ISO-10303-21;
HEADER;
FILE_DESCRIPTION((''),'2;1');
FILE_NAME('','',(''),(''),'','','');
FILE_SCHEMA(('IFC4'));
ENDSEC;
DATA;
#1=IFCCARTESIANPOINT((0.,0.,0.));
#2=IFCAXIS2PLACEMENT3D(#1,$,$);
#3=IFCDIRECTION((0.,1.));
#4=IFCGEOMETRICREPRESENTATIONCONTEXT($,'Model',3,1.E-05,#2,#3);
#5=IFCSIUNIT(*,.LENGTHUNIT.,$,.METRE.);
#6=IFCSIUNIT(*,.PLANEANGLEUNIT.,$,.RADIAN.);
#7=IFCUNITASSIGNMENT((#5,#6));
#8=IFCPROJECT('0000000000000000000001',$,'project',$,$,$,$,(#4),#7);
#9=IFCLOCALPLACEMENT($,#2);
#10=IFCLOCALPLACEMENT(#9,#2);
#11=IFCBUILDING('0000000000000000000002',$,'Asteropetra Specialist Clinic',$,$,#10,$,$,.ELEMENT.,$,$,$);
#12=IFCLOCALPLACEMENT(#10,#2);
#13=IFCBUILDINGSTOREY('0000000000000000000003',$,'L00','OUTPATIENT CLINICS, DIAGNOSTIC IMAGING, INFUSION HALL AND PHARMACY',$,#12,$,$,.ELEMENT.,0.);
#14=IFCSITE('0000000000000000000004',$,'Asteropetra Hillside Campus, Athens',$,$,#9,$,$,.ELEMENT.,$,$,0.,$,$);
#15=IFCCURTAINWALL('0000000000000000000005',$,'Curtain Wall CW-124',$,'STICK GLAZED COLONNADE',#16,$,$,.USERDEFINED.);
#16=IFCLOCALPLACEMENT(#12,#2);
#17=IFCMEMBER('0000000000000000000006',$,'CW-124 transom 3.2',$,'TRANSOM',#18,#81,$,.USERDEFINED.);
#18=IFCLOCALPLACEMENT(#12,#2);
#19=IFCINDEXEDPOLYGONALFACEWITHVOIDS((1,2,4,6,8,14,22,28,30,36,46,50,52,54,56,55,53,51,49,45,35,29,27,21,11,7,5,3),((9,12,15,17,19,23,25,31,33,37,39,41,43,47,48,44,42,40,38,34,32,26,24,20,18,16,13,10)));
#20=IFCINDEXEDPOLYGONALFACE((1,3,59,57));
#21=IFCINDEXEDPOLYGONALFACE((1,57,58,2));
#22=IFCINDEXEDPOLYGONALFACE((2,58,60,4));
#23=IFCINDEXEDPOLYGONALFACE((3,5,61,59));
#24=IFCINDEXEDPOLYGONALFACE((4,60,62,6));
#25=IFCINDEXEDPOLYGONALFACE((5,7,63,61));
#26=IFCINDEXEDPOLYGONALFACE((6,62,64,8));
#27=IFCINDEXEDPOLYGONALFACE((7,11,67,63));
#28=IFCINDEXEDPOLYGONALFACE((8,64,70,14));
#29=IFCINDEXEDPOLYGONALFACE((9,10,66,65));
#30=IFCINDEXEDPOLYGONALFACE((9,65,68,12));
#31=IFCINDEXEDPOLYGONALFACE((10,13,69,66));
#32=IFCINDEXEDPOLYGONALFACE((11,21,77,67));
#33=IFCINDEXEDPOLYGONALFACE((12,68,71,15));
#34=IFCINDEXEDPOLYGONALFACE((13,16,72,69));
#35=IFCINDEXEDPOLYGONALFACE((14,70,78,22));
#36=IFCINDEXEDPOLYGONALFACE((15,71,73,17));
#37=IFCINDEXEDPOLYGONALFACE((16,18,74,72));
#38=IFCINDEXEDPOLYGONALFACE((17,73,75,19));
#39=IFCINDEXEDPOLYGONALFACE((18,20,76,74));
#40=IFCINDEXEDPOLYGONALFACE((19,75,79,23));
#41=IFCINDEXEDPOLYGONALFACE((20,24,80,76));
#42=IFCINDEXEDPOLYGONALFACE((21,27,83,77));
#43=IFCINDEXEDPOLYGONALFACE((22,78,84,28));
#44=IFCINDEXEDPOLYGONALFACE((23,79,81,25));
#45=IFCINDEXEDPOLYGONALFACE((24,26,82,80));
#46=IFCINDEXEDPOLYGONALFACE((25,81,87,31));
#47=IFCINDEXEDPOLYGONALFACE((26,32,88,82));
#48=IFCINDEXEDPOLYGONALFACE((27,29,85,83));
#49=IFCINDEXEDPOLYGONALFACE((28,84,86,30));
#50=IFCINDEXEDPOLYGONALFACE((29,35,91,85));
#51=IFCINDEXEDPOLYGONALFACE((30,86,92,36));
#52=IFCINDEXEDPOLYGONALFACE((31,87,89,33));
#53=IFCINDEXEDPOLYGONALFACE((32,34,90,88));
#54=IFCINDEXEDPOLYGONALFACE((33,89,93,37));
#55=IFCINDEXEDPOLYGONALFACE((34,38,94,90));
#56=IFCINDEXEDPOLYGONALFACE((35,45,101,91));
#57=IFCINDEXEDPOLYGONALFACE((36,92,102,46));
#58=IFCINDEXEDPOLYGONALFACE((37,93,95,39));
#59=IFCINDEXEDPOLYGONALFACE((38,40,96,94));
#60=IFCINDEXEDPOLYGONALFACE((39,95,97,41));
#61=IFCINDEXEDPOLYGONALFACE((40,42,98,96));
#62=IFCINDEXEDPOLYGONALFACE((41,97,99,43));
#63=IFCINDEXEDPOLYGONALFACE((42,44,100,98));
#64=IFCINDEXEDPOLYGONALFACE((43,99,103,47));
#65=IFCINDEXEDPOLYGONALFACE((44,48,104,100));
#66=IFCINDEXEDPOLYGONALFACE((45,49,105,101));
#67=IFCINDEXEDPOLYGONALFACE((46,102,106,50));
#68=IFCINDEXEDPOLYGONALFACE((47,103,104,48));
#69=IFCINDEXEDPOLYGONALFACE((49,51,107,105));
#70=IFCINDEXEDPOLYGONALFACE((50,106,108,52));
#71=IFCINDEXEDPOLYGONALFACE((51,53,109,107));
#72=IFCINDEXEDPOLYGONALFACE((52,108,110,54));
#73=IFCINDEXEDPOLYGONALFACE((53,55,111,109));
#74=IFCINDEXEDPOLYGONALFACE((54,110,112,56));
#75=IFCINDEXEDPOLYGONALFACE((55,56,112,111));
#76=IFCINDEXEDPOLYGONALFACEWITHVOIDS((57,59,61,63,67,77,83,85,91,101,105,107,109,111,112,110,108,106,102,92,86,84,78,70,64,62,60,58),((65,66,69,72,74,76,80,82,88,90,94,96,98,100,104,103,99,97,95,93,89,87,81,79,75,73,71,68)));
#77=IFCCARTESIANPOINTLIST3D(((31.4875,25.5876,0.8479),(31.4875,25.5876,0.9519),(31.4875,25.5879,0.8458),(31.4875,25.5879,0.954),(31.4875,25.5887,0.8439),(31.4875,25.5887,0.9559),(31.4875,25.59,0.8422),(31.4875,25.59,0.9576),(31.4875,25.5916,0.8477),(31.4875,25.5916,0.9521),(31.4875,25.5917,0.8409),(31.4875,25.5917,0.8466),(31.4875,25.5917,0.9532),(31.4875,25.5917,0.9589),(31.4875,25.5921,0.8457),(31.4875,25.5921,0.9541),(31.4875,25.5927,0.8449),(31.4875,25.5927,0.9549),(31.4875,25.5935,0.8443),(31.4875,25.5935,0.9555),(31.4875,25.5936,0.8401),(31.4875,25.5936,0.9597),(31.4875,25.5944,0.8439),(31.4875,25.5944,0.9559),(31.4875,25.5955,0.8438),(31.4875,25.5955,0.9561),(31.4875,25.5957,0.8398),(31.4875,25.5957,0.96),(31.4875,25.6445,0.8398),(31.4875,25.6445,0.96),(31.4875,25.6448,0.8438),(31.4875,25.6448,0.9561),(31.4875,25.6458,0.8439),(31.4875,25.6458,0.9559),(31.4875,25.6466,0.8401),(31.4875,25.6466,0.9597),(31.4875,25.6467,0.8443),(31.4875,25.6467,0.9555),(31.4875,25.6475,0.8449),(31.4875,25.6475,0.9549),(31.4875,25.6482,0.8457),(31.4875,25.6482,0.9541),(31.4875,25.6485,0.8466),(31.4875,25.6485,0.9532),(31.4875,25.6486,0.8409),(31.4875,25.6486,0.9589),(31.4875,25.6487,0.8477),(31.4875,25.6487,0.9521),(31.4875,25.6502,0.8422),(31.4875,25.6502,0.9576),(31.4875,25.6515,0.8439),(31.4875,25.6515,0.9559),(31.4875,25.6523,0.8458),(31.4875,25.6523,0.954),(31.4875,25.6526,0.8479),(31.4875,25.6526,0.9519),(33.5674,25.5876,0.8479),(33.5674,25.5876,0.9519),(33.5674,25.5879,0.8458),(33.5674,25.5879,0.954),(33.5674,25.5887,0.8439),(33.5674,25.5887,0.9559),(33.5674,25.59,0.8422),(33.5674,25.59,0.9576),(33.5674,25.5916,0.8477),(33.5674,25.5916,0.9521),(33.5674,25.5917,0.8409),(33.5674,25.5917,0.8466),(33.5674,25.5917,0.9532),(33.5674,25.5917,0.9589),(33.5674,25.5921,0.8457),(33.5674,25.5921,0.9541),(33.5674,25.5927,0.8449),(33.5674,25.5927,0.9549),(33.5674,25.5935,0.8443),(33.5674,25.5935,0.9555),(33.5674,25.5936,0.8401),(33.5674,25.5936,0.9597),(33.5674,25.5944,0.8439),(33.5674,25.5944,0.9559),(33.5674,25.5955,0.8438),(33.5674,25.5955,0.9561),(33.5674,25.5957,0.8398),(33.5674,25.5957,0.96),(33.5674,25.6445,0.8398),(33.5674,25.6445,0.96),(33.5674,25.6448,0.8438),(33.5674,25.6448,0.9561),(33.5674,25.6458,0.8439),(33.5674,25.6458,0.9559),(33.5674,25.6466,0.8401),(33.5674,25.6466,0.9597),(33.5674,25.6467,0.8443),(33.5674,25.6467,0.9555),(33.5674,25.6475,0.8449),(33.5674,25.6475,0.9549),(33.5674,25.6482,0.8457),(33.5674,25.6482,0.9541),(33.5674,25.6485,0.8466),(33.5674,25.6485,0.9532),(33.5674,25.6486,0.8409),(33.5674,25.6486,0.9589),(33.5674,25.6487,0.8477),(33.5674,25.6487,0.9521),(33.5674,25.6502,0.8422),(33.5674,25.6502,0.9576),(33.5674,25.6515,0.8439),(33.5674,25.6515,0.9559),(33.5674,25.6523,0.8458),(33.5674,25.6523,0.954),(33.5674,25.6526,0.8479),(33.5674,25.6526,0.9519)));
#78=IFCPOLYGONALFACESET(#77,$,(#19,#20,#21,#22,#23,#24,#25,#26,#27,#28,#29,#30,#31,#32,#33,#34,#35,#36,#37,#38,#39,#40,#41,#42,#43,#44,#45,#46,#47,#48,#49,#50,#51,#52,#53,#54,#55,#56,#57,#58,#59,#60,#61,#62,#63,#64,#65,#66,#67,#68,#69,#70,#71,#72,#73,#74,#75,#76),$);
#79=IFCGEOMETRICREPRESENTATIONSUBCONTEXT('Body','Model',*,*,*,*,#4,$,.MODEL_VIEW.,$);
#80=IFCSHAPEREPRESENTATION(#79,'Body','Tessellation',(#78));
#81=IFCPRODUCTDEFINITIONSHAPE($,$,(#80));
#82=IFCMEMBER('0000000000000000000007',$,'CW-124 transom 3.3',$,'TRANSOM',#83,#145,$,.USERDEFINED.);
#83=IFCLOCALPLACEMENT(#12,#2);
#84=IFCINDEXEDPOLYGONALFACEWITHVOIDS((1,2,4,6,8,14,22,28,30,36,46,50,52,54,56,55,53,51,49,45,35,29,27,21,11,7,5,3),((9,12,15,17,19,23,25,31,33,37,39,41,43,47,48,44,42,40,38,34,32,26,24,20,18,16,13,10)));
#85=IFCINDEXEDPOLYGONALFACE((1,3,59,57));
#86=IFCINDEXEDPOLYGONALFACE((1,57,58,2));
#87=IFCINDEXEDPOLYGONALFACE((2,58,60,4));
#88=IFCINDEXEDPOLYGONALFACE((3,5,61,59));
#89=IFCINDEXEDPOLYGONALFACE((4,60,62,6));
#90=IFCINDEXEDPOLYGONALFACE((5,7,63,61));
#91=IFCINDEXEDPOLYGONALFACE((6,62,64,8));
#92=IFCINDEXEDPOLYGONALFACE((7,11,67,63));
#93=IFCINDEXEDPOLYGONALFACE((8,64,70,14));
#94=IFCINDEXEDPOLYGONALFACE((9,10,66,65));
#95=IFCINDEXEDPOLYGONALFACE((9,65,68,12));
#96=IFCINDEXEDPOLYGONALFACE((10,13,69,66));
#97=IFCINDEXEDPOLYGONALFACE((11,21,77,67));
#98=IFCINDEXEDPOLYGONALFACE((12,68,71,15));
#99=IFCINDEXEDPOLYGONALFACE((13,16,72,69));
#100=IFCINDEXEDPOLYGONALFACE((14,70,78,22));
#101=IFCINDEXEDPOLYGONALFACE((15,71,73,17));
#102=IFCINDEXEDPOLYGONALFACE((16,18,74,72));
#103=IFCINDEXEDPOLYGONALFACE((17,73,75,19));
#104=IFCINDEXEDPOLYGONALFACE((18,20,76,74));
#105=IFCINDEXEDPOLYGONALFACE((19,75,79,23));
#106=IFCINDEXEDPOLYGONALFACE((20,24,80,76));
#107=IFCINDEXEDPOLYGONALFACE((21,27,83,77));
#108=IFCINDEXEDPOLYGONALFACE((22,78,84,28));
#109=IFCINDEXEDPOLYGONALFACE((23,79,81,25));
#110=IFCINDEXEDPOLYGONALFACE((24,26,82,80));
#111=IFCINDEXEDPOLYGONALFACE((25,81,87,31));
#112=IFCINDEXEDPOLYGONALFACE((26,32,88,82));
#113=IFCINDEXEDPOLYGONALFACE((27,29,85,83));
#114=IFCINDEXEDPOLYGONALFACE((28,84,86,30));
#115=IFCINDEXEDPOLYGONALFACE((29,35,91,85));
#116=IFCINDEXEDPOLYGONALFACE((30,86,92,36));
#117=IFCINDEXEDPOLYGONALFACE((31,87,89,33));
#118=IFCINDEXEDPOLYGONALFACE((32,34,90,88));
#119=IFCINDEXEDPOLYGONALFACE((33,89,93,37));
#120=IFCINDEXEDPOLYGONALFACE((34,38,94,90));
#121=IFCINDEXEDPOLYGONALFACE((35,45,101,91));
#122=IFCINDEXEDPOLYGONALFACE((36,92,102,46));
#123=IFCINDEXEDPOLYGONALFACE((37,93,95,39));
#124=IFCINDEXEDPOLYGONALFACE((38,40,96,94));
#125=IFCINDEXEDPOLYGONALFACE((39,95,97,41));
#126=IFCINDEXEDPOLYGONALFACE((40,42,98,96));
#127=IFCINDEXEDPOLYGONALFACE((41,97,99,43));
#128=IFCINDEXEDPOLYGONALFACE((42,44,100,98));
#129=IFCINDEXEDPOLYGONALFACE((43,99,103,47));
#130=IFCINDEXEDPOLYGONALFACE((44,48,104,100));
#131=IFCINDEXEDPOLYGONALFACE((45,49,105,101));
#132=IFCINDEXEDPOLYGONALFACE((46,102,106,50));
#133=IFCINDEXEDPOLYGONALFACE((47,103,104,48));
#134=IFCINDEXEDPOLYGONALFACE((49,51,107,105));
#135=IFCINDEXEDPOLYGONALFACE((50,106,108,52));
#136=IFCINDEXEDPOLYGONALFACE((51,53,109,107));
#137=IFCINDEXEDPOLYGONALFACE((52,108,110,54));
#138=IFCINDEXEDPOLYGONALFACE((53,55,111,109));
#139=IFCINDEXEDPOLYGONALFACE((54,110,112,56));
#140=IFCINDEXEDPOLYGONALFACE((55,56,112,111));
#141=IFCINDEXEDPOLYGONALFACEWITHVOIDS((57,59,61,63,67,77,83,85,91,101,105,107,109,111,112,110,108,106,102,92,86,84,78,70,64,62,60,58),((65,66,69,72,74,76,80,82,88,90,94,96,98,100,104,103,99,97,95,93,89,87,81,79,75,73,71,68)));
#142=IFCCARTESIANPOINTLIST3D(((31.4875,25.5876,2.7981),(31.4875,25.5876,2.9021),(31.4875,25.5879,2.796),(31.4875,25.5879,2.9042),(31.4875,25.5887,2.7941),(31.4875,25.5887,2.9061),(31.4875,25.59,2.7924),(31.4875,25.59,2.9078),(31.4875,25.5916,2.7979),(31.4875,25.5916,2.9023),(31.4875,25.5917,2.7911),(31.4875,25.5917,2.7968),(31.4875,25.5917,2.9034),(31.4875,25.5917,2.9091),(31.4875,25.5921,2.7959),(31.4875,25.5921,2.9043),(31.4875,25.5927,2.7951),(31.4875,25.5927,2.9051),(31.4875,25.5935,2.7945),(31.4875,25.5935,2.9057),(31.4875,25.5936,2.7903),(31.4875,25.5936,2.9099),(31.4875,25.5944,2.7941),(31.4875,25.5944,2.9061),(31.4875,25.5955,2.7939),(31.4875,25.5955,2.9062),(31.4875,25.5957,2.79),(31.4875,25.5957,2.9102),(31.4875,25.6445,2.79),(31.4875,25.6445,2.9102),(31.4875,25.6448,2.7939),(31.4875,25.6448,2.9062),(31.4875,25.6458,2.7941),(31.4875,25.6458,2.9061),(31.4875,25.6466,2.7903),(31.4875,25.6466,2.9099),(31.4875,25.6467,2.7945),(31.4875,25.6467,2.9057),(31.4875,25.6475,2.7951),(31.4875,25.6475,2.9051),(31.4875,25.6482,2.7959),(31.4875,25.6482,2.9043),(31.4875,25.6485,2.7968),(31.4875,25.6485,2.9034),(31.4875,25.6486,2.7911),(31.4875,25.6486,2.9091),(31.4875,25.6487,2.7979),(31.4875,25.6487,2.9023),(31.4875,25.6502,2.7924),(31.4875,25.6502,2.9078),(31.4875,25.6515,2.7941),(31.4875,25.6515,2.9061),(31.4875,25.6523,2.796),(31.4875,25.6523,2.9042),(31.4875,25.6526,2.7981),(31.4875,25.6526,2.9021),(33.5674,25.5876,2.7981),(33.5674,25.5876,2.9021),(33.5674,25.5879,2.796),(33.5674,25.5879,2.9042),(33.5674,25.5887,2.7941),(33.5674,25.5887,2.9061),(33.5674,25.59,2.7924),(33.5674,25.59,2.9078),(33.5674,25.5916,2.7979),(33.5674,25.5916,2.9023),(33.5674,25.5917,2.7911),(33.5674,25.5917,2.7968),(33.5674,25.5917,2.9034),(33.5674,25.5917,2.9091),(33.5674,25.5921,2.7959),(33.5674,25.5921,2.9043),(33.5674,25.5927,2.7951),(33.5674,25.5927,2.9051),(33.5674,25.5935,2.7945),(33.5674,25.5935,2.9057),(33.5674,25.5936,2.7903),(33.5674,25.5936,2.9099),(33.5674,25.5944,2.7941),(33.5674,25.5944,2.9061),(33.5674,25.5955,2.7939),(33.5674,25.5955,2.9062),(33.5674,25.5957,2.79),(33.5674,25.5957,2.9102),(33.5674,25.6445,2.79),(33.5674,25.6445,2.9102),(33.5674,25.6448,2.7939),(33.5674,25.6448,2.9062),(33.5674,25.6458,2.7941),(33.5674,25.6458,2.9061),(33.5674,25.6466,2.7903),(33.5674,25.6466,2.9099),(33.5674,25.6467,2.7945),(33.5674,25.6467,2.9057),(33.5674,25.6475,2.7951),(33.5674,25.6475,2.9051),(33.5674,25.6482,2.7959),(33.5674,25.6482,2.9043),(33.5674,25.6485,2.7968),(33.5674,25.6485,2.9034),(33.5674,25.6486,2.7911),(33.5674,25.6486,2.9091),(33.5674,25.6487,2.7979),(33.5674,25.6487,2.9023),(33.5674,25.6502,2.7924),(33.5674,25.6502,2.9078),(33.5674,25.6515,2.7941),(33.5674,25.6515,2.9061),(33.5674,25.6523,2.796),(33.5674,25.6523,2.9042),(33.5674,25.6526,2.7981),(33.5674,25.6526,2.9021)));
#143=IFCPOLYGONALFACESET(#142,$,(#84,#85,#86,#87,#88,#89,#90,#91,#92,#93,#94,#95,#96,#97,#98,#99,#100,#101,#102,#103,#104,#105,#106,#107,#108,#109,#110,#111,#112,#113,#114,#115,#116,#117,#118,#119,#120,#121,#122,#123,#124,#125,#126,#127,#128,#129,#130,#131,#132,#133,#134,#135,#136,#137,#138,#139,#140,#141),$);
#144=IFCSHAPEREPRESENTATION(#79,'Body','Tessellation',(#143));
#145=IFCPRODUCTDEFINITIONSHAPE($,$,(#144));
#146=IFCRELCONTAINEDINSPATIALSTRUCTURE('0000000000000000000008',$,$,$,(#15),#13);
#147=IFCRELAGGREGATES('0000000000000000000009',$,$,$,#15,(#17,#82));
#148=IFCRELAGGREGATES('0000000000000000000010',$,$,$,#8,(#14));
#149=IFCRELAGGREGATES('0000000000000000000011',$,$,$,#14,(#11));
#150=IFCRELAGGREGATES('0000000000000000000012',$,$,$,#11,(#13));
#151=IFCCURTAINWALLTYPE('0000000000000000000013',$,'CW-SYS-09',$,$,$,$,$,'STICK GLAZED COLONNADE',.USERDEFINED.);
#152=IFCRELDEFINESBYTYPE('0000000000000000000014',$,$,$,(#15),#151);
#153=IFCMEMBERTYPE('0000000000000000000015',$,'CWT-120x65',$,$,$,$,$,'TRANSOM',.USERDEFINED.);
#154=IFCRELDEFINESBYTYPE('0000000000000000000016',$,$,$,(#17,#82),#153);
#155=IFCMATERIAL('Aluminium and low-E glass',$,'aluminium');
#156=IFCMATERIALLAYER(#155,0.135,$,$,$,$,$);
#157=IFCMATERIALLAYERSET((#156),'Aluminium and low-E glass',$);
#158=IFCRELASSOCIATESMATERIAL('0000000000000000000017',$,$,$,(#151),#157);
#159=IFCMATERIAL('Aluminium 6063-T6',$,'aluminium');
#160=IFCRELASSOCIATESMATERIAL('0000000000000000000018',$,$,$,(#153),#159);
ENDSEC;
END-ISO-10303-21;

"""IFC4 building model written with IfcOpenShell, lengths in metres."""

from ifc_helpers import new_model, si_unit, direction, frame, origin, origin_2d, place, context, subcontext, project, spatial, hollow_rectangle, extrude, material, layer, layer_set, material_profile, profile_set, type_object, element, aggregate, save


model = new_model("IFC4")

# Units and contexts
model_context = context("Model", 3, precision=1e-05, world=origin(), true_north=direction((0.0, 1.0)))
body_context = subcontext(model_context, "Body", "Model", "MODEL_VIEW")
ifc_project = project(units=[si_unit("LENGTHUNIT", "METRE"), si_unit("PLANEANGLEUNIT", "RADIAN")], contexts=[model_context])

# Site, building, storey
site_placement = place(None, origin())
site = spatial("IfcSite", under=ifc_project, at=site_placement, Name="Asteropetra Hillside Campus, Athens", CompositionType="ELEMENT", RefElevation=0.0)
building_placement = place(site_placement, origin())
building = spatial("IfcBuilding", under=site, at=building_placement, Name="Asteropetra Specialist Clinic", CompositionType="ELEMENT")
storey_placement = place(building_placement, origin())
storey = spatial("IfcBuildingStorey", under=building, at=storey_placement, Name="L00", Description="OUTPATIENT CLINICS, DIAGNOSTIC IMAGING, INFUSION HALL AND PHARMACY", CompositionType="ELEMENT", Elevation=0.0)

# Curtain wall, members
ifc_material_1 = material(Name="Aluminium and low-E glass", Category="aluminium")
ifc_layer_1 = layer(ifc_material_1, 0.135)
ifc_layer_set_1 = layer_set([ifc_layer_1], Name="Aluminium and low-E glass")
curtain_wall_type = type_object("IfcCurtainWallType", Name="CW-SYS-09", ElementType="STICK GLAZED COLONNADE", PredefinedType="USERDEFINED", material=ifc_layer_set_1)
curtain_wall_placement = place(storey_placement, origin())
curtain_wall = element("IfcCurtainWall", 1, at=curtain_wall_placement, inside=storey, type_object=curtain_wall_type, Name="Curtain Wall CW-124", ObjectType="STICK GLAZED COLONNADE", PredefinedType="USERDEFINED")
ifc_material_2 = material(Name="Aluminium 6063-T6", Category="aluminium")
ifc_material_profile_1 = material_profile(ifc_material_2, hollow_rectangle(XDim=0.0649, YDim=0.1201, WallThickness=0.0039, InnerFilletRadius=0.0039, OuterFilletRadius=0.0081, at=origin_2d()), Name="TRN 120x65x4.0")
ifc_profile_set_1 = profile_set([ifc_material_profile_1], Name="Aluminium 6063-T6")
member_type_1 = type_object("IfcMemberType", Name="CWT-120x65", ElementType="TRANSOM", PredefinedType="USERDEFINED", material=ifc_profile_set_1)
member_1_placement = place(storey_placement, frame((33.5674, 25.6201, 0.8999), z_axis=(-1.0, 0.0, 0.0), x_axis=(0.0, -1.0, 0.0)))
member_1 = element("IfcMember", 2, at=member_1_placement, type_object=member_type_1, Name="CW-124 transom 3.2", ObjectType="TRANSOM", PredefinedType="USERDEFINED", context=body_context, shape_type="SweptSolid", body=[
    extrude(hollow_rectangle(XDim=0.0649, YDim=0.1201, WallThickness=0.0039, InnerFilletRadius=0.0039, OuterFilletRadius=0.0081, at=origin_2d()), origin(), (0.0, 0.0, 1.0), 2.0798),
])
member_2_placement = place(storey_placement, frame((33.5674, 25.6201, 2.8501), z_axis=(-1.0, 0.0, 0.0), x_axis=(0.0, -1.0, 0.0)))
member_2 = element("IfcMember", 3, at=member_2_placement, type_object=member_type_1, Name="CW-124 transom 3.3", ObjectType="TRANSOM", PredefinedType="USERDEFINED", context=body_context, shape_type="SweptSolid", body=[
    extrude(hollow_rectangle(XDim=0.0649, YDim=0.1201, WallThickness=0.0039, InnerFilletRadius=0.0039, OuterFilletRadius=0.0081, at=origin_2d()), origin(), (0.0, 0.0, 1.0), 2.0798),
])

aggregate(curtain_wall, [member_1, member_2])

save(model, "model.ifc")
